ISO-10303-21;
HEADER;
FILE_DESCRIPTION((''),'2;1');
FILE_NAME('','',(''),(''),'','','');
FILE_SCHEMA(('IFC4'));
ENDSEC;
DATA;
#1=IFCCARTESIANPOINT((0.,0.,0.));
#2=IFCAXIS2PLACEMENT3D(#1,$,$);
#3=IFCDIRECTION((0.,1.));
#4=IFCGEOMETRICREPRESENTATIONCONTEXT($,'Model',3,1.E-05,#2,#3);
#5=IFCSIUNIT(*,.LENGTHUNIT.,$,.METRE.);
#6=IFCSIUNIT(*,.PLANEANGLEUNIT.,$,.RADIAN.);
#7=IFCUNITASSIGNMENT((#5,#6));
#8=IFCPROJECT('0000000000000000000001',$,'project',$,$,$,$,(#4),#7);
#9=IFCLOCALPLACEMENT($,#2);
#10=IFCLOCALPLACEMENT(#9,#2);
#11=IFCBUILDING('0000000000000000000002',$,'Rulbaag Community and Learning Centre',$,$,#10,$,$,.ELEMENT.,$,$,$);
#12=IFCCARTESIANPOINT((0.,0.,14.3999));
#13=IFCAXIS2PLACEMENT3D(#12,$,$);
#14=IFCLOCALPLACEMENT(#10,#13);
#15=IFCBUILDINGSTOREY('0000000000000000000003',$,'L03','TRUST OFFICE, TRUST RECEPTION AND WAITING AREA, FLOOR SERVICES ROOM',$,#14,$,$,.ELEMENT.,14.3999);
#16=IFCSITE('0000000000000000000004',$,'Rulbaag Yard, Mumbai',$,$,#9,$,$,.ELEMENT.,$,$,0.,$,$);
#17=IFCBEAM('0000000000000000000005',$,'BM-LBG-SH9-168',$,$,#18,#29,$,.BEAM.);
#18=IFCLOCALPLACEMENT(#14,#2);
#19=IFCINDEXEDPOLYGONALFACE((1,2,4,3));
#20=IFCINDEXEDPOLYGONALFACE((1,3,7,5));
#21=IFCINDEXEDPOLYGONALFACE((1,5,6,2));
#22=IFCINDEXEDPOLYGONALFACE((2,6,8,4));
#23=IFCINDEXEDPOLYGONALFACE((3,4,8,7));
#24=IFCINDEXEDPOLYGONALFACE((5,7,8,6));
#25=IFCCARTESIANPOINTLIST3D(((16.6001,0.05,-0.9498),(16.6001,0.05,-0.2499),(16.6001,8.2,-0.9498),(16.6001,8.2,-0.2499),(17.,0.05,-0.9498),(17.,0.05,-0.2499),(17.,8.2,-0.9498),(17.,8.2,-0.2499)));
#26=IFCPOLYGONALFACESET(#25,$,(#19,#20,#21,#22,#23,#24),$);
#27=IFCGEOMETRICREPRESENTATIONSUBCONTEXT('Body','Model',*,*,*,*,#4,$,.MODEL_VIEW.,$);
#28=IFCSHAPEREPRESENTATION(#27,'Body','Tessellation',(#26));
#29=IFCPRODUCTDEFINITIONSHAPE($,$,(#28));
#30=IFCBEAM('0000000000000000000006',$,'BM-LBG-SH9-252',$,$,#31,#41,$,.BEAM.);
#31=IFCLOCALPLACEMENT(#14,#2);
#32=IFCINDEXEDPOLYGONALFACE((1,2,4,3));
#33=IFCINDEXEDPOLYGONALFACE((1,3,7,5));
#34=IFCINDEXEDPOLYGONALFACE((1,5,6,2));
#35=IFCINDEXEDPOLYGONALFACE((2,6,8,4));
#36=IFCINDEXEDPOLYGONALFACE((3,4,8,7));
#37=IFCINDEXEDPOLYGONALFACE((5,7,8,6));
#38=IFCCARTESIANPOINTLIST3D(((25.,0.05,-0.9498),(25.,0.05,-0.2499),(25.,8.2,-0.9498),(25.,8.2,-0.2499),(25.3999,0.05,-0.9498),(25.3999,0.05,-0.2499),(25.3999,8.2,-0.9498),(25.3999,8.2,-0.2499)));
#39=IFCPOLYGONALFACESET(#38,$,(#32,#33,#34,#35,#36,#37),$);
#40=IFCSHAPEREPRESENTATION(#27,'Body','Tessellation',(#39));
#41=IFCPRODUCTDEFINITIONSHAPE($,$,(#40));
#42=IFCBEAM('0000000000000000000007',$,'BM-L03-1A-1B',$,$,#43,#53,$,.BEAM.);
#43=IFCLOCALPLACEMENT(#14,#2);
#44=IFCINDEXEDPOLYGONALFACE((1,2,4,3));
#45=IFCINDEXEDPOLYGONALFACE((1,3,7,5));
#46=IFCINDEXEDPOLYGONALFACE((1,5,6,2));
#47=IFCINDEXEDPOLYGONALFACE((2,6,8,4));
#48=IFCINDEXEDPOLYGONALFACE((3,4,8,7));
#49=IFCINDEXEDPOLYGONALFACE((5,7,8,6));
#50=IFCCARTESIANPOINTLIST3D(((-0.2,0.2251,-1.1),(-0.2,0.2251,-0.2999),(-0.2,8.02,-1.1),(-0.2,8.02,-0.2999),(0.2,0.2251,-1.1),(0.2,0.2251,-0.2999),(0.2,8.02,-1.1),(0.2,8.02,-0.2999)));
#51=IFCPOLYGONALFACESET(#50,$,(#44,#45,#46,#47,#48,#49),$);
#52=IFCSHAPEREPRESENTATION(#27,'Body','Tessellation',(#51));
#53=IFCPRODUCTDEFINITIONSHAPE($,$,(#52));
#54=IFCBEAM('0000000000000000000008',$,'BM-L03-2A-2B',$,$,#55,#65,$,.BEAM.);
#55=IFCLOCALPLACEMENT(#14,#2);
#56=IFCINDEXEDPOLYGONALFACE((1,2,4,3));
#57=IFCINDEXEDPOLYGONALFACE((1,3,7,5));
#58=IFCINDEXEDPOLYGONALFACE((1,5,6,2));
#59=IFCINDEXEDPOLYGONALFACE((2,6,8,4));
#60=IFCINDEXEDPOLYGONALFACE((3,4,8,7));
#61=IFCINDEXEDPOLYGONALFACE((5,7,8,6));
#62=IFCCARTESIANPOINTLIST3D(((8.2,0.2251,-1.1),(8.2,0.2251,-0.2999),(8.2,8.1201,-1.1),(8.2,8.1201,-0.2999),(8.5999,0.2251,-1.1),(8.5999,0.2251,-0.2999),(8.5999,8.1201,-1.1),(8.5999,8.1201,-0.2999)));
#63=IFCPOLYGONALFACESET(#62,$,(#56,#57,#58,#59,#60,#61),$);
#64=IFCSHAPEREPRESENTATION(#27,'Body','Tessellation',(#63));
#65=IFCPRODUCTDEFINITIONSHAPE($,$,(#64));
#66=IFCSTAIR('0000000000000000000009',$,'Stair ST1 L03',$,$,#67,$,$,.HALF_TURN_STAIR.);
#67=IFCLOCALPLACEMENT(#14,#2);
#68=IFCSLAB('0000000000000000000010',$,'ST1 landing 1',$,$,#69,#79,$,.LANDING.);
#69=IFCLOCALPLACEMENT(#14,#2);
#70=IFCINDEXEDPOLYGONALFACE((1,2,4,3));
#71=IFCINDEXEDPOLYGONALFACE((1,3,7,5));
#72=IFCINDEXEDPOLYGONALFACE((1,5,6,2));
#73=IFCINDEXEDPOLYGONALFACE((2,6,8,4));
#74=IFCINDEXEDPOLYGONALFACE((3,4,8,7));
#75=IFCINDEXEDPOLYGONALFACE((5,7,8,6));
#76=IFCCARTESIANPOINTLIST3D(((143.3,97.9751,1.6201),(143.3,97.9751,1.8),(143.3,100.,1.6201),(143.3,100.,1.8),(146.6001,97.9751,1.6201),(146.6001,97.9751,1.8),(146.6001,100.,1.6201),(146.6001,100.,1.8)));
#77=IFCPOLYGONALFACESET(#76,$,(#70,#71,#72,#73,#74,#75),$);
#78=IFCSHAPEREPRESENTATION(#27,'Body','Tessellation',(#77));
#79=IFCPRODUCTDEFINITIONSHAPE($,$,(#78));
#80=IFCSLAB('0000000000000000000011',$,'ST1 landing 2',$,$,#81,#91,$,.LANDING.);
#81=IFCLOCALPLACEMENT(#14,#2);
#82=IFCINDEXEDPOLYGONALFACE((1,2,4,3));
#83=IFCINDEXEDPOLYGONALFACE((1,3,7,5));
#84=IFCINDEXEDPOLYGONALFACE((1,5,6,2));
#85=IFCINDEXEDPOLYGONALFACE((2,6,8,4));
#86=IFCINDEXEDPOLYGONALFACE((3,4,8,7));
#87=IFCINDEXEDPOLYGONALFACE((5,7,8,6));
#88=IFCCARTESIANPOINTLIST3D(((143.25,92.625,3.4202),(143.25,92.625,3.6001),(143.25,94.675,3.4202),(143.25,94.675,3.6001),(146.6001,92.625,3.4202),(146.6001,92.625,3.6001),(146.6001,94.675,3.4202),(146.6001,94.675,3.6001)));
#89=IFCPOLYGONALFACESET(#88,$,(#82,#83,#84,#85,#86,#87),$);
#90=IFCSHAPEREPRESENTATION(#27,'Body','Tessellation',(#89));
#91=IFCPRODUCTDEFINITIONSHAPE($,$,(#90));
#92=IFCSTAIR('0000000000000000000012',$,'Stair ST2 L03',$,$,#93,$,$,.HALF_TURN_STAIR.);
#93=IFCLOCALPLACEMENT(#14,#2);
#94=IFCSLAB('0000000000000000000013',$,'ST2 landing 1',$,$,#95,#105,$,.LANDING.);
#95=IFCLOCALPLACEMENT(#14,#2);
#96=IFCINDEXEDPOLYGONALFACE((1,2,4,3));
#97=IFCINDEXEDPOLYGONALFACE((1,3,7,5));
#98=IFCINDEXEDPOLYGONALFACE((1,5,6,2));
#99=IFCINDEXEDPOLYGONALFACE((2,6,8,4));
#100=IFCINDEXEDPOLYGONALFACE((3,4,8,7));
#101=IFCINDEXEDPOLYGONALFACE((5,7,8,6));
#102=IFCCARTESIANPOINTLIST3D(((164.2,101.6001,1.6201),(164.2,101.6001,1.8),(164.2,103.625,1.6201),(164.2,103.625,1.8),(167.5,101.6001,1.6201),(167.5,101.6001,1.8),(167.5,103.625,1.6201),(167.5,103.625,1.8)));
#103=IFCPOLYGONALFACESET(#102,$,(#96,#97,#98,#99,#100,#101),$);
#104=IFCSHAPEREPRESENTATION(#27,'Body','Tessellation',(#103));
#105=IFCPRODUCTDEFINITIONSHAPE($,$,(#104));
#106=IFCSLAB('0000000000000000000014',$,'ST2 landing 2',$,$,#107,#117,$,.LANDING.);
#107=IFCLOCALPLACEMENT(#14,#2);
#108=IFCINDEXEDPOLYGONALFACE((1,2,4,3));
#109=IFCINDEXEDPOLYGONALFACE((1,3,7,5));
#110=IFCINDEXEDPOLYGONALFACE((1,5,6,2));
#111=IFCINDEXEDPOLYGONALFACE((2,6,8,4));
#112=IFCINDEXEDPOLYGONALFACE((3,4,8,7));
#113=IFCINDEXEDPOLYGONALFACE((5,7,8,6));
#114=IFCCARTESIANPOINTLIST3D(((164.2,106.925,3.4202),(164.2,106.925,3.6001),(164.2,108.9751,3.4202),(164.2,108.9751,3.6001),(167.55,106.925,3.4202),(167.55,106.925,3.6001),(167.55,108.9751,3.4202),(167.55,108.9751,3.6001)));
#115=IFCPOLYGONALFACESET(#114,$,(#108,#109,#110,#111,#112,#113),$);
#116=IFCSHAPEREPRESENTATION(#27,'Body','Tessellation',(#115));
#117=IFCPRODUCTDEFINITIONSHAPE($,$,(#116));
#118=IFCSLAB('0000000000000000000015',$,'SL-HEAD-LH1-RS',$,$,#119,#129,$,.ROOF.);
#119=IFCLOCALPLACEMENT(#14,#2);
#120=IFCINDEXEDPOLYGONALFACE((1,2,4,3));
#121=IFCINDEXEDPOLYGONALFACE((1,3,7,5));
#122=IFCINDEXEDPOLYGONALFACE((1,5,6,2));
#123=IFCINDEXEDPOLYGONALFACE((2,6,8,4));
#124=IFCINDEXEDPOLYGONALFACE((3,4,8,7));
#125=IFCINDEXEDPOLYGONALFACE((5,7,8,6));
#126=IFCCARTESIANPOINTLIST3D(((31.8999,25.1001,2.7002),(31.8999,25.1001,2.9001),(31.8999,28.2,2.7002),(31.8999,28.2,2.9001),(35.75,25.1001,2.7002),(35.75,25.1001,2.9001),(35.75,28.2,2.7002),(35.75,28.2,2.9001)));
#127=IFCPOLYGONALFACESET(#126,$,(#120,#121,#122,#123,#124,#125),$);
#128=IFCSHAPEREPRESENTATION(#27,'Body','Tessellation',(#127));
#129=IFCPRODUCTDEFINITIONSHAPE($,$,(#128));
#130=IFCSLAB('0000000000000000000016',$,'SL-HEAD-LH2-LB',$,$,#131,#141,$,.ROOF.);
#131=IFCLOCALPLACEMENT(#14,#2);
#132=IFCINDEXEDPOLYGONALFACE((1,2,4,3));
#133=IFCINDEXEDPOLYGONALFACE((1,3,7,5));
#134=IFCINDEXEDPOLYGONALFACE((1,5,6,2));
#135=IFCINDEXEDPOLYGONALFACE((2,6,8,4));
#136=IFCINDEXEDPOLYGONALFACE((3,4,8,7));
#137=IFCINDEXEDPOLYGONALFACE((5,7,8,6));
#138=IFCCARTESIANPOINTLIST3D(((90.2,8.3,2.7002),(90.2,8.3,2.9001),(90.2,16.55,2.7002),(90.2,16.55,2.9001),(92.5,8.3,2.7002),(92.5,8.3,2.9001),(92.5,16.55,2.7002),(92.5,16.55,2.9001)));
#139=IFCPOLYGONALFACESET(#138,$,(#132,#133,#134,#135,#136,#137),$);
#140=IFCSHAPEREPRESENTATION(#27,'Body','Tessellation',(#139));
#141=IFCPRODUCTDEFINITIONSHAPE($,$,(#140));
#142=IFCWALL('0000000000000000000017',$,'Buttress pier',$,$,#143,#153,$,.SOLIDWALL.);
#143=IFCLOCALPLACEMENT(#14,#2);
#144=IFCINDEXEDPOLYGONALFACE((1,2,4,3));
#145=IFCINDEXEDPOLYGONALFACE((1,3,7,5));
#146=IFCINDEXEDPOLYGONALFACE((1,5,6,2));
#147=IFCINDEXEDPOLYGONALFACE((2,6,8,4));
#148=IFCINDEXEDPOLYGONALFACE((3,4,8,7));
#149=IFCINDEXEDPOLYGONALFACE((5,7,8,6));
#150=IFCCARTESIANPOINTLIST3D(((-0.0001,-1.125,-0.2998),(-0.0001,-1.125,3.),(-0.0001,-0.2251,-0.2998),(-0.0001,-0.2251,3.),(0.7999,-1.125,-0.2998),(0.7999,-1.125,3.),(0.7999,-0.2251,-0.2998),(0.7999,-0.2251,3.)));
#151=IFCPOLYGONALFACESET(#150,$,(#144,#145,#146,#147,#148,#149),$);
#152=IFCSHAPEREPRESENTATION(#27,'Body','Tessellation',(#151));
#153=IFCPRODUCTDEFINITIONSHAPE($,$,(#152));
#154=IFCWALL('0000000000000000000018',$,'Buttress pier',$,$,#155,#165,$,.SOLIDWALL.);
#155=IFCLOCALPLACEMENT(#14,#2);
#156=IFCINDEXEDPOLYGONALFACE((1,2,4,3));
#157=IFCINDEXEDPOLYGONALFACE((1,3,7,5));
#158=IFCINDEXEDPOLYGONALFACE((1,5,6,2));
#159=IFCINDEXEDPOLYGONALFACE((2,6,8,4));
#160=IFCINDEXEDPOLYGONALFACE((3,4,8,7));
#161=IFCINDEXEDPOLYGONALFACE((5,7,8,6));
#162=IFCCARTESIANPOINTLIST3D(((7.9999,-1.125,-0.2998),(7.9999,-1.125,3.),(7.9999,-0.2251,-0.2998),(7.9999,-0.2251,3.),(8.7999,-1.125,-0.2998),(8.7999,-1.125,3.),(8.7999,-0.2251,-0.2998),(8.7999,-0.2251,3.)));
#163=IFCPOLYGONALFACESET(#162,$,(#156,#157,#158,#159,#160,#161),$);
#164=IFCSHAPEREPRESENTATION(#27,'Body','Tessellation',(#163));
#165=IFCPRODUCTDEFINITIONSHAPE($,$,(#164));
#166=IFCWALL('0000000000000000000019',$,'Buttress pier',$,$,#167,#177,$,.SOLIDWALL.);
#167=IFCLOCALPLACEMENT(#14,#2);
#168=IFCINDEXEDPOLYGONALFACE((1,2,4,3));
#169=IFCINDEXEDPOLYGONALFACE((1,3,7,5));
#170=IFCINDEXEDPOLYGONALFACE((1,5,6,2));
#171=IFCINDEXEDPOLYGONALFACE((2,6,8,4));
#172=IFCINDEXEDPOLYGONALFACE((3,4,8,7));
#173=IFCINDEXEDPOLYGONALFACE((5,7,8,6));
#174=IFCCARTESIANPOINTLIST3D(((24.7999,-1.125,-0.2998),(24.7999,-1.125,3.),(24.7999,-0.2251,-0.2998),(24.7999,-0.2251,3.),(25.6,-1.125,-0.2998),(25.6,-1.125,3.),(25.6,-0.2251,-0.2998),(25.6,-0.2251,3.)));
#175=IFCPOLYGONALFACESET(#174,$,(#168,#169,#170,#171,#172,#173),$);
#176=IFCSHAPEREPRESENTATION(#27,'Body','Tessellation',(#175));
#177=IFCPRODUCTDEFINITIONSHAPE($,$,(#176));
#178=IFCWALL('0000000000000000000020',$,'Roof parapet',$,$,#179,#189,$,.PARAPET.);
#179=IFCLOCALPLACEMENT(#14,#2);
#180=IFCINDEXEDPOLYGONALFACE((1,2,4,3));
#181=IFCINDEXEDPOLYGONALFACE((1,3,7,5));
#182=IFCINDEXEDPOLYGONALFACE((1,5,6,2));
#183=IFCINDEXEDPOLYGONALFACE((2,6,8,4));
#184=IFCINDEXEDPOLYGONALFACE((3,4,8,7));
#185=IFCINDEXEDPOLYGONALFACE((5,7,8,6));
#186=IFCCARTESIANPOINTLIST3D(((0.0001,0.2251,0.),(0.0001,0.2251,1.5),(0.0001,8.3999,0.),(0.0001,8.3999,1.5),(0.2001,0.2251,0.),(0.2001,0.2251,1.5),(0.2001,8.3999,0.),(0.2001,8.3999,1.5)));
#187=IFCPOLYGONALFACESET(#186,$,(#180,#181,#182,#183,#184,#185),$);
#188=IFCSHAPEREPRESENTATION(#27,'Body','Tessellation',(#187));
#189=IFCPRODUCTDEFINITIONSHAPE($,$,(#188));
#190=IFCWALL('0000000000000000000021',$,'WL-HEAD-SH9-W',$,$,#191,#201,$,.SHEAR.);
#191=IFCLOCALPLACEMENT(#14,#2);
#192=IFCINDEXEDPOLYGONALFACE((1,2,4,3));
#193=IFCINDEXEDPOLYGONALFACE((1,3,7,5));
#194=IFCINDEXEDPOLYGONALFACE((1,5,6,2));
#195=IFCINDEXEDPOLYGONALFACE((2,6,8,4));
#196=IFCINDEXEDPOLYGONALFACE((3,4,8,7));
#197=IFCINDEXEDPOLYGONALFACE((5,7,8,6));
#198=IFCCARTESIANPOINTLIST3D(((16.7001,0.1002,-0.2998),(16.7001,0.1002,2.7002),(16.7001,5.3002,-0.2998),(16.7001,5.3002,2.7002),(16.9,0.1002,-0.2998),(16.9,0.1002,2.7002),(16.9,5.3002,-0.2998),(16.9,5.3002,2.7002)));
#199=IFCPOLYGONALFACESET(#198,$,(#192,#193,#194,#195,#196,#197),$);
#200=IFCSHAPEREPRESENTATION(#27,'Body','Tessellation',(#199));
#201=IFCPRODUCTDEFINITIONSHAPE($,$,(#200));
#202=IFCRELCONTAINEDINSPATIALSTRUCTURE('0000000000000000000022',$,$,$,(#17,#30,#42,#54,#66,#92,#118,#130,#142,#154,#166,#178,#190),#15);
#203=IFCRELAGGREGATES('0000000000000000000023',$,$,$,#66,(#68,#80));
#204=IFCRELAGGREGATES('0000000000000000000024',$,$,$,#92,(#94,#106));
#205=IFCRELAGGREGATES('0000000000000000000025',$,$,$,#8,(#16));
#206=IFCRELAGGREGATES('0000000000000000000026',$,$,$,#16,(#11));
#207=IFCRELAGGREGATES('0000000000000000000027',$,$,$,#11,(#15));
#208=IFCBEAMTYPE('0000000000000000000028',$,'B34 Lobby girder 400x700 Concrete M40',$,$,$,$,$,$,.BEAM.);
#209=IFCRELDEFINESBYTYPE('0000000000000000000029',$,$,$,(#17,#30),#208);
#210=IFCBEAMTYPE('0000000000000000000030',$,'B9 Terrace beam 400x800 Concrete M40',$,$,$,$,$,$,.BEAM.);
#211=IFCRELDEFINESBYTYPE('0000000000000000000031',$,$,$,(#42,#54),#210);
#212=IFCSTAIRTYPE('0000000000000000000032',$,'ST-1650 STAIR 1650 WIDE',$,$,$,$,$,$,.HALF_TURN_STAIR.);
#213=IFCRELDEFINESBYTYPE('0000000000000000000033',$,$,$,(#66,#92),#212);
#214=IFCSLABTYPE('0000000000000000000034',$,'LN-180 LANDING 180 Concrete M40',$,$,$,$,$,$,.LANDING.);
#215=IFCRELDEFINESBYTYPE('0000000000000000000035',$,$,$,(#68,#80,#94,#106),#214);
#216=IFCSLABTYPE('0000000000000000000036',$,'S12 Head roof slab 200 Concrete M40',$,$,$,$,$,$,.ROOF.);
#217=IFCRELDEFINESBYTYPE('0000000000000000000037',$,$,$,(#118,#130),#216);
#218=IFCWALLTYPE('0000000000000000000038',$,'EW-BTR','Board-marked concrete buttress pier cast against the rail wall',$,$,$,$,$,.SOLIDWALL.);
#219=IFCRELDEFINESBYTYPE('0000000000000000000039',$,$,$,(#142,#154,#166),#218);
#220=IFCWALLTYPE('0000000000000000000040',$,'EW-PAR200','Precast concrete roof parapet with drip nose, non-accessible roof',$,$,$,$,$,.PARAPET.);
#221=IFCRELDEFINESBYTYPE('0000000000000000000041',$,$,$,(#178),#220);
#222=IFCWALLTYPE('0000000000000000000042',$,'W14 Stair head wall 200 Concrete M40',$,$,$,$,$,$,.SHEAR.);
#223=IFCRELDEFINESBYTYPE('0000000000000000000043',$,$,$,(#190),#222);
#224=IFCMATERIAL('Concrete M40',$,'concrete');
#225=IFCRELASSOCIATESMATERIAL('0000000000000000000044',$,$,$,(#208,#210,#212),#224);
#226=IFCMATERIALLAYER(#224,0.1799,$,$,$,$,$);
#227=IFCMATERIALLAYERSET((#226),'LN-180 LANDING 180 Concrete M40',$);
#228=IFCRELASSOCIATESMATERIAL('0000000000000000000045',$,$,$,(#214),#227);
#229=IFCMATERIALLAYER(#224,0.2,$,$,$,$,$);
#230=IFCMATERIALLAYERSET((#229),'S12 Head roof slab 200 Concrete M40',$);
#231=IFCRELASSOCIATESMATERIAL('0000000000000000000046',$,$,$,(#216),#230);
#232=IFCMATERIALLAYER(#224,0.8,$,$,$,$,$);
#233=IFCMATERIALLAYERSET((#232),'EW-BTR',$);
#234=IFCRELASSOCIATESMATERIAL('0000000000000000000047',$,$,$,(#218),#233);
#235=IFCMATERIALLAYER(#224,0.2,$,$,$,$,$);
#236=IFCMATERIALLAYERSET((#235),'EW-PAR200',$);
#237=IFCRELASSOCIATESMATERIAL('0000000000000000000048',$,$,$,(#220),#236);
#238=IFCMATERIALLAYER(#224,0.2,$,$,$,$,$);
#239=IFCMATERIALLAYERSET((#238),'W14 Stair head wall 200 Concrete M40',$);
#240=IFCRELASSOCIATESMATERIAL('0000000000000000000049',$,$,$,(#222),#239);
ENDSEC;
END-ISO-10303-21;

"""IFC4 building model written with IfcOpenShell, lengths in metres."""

from ifc_helpers import new_model, si_unit, direction, frame, frame_2d, origin, origin_2d, place, context, subcontext, project, spatial, polyline, rectangle, outline, extrude, material, layer, layer_set, material_profile, profile_set, type_object, element, aggregate, save


model = new_model("IFC4")

# Units and contexts
model_context = context("Model", 3, precision=1e-05, world=origin(), true_north=direction((0.0, 1.0)))
body_context = subcontext(model_context, "Body", "Model", "MODEL_VIEW")
ifc_project = project(units=[si_unit("LENGTHUNIT", "METRE"), si_unit("PLANEANGLEUNIT", "RADIAN")], contexts=[model_context])

# Site, building, storey
site_placement = place(None, origin())
site = spatial("IfcSite", under=ifc_project, at=site_placement, Name="Rulbaag Yard, Mumbai", CompositionType="ELEMENT", RefElevation=0.0)
building_placement = place(site_placement, origin())
building = spatial("IfcBuilding", under=site, at=building_placement, Name="Rulbaag Community and Learning Centre", CompositionType="ELEMENT")
storey_placement = place(building_placement, frame((0.0, 0.0, 14.3999)))
storey = spatial("IfcBuildingStorey", under=building, at=storey_placement, Name="L03", Description="TRUST OFFICE, TRUST RECEPTION AND WAITING AREA, FLOOR SERVICES ROOM", CompositionType="ELEMENT", Elevation=14.3999)

# Beams
ifc_material_1 = material(Name="Concrete M40", Category="concrete")
ifc_material_profile_1 = material_profile(ifc_material_1, rectangle(XDim=0.3999, YDim=0.7, at=origin_2d()), Name="RB400x700")
ifc_profile_set_1 = profile_set([ifc_material_profile_1], Name="Concrete M40")
beam_type_1 = type_object("IfcBeamType", Name="B34 Lobby girder 400x700 Concrete M40", PredefinedType="BEAM", material=ifc_profile_set_1)
for number, where, z_axis, x_axis, name in (
    (1, (16.8, 0.05, -0.5999), (0.0, 1.0, 0.0), (-1.0, 0.0, 0.0), "BM-LBG-SH9-168"),
    (2, (25.2, 0.05, -0.5999), (0.0, 1.0, 0.0), (-1.0, 0.0, 0.0), "BM-LBG-SH9-252"),
):
    element("IfcBeam", number, at=place(storey_placement, frame(where, z_axis=z_axis, x_axis=x_axis)), inside=storey, type_object=beam_type_1, Name=name, PredefinedType="BEAM", context=body_context, shape_type="SweptSolid", body=[
        extrude(rectangle(XDim=0.3999, YDim=0.7, at=origin_2d()), origin(), (0.0, 0.0, 1.0), 8.1499),
    ])
ifc_material_profile_2 = material_profile(ifc_material_1, rectangle(XDim=0.3999, YDim=0.8, at=origin_2d()), Name="RB400x800")
ifc_profile_set_2 = profile_set([ifc_material_profile_2], Name="Concrete M40")
beam_type_2 = type_object("IfcBeamType", Name="B9 Terrace beam 400x800 Concrete M40", PredefinedType="BEAM", material=ifc_profile_set_2)
beam_1_placement = place(storey_placement, frame((0.0, 0.2251, -0.7), z_axis=(0.0, 1.0, 0.0), x_axis=(-1.0, 0.0, 0.0)))
element("IfcBeam", 3, at=beam_1_placement, inside=storey, type_object=beam_type_2, Name="BM-L03-1A-1B", PredefinedType="BEAM", context=body_context, shape_type="SweptSolid", body=[
    extrude(rectangle(XDim=0.3999, YDim=0.8, at=origin_2d()), origin(), (0.0, 0.0, 1.0), 7.7949),
])
beam_2_placement = place(storey_placement, frame((8.3999, 0.2251, -0.7), z_axis=(0.0, 1.0, 0.0), x_axis=(-1.0, 0.0, 0.0)))
element("IfcBeam", 4, at=beam_2_placement, inside=storey, type_object=beam_type_2, Name="BM-L03-2A-2B", PredefinedType="BEAM", context=body_context, shape_type="SweptSolid", body=[
    extrude(rectangle(XDim=0.3999, YDim=0.8, at=origin_2d()), origin(), (0.0, 0.0, 1.0), 7.895),
])

# Stairs, slabs
stair_type = type_object("IfcStairType", Name="ST-1650 STAIR 1650 WIDE", PredefinedType="HALF_TURN_STAIR", material=ifc_material_1)
stair_1_placement = place(storey_placement, origin())
stair_1 = element("IfcStair", 5, at=stair_1_placement, inside=storey, type_object=stair_type, Name="Stair ST1 L03", PredefinedType="HALF_TURN_STAIR")
ifc_layer_1 = layer(ifc_material_1, 0.1799)
ifc_layer_set_1 = layer_set([ifc_layer_1], Name="LN-180 LANDING 180 Concrete M40")
slab_type_1 = type_object("IfcSlabType", Name="LN-180 LANDING 180 Concrete M40", PredefinedType="LANDING", material=ifc_layer_set_1)
slab_1_placement = place(storey_placement, frame((0.0, 0.0, 1.6201)))
slab_1 = element("IfcSlab", 6, at=slab_1_placement, type_object=slab_type_1, Name="ST1 landing 1", PredefinedType="LANDING", context=body_context, shape_type="SweptSolid", body=[
    extrude(outline(polyline([(143.3, 97.9751), (143.3, 100.0), (146.6001, 100.0), (146.6001, 97.9751), (143.3, 97.9751)])), origin(), (0.0, 0.0, 1.0), 0.1799),
])
slab_2_placement = place(storey_placement, frame((0.0, 0.0, 3.4202)))
slab_2 = element("IfcSlab", 7, at=slab_2_placement, type_object=slab_type_1, Name="ST1 landing 2", PredefinedType="LANDING", context=body_context, shape_type="SweptSolid", body=[
    extrude(outline(polyline([(143.25, 92.625), (143.25, 94.675), (146.6001, 94.675), (146.6001, 92.625), (143.25, 92.625)])), origin(), (0.0, 0.0, 1.0), 0.1799),
])
aggregate(stair_1, [slab_1, slab_2])
stair_2_placement = place(storey_placement, origin())
stair_2 = element("IfcStair", 8, at=stair_2_placement, inside=storey, type_object=stair_type, Name="Stair ST2 L03", PredefinedType="HALF_TURN_STAIR")
slab_3_placement = place(storey_placement, frame((0.0, 0.0, 1.6201)))
slab_3 = element("IfcSlab", 9, at=slab_3_placement, type_object=slab_type_1, Name="ST2 landing 1", PredefinedType="LANDING", context=body_context, shape_type="SweptSolid", body=[
    extrude(outline(polyline([(164.2, 101.6001), (164.2, 103.625), (167.5, 103.625), (167.5, 101.6001), (164.2, 101.6001)])), origin(), (0.0, 0.0, 1.0), 0.1799),
])
slab_4_placement = place(storey_placement, frame((0.0, 0.0, 3.4202)))
slab_4 = element("IfcSlab", 10, at=slab_4_placement, type_object=slab_type_1, Name="ST2 landing 2", PredefinedType="LANDING", context=body_context, shape_type="SweptSolid", body=[
    extrude(outline(polyline([(164.2, 106.925), (164.2, 108.9751), (167.55, 108.9751), (167.55, 106.925), (164.2, 106.925)])), origin(), (0.0, 0.0, 1.0), 0.1799),
])
aggregate(stair_2, [slab_3, slab_4])

# Slabs
ifc_layer_2 = layer(ifc_material_1, 0.2)
ifc_layer_set_2 = layer_set([ifc_layer_2], Name="S12 Head roof slab 200 Concrete M40")
slab_type_2 = type_object("IfcSlabType", Name="S12 Head roof slab 200 Concrete M40", PredefinedType="ROOF", material=ifc_layer_set_2)
slab_5_placement = place(storey_placement, frame((0.0, 0.0, 2.7002)))
element("IfcSlab", 11, at=slab_5_placement, inside=storey, type_object=slab_type_2, Name="SL-HEAD-LH1-RS", PredefinedType="ROOF", context=body_context, shape_type="SweptSolid", body=[
    extrude(outline(polyline([(35.75, 28.2), (35.75, 25.1001), (31.8999, 25.1001), (31.8999, 28.2), (35.75, 28.2)])), origin(), (0.0, 0.0, 1.0), 0.2),
])
slab_6_placement = place(storey_placement, frame((0.0, 0.0, 2.7002)))
element("IfcSlab", 12, at=slab_6_placement, inside=storey, type_object=slab_type_2, Name="SL-HEAD-LH2-LB", PredefinedType="ROOF", context=body_context, shape_type="SweptSolid", body=[
    extrude(outline(polyline([(92.5, 8.3), (90.2, 8.3), (90.2, 16.55), (92.5, 16.55), (92.5, 8.3)])), origin(), (0.0, 0.0, 1.0), 0.2),
])

# Walls
ifc_layer_3 = layer(ifc_material_1, 0.8)
ifc_layer_set_3 = layer_set([ifc_layer_3], Name="EW-BTR")
wall_type_1 = type_object("IfcWallType", Name="EW-BTR", Description="Board-marked concrete buttress pier cast against the rail wall", PredefinedType="SOLIDWALL", material=ifc_layer_set_3)
for number, where, z_axis, x_axis, name in (
    (13, (0.3999, -0.2251, -0.2998), (0.0, 0.0, 1.0), (0.0, -1.0, 0.0), "Buttress pier"),
    (14, (8.3999, -0.2251, -0.2998), (0.0, 0.0, 1.0), (0.0, -1.0, 0.0), "Buttress pier"),
    (15, (25.2, -0.2251, -0.2998), (0.0, 0.0, 1.0), (0.0, -1.0, 0.0), "Buttress pier"),
):
    element("IfcWall", number, at=place(storey_placement, frame(where, z_axis=z_axis, x_axis=x_axis)), inside=storey, type_object=wall_type_1, Name=name, PredefinedType="SOLIDWALL", context=body_context, shape_type="SweptSolid", body=[
        extrude(rectangle(XDim=0.8999, YDim=0.8, at=frame_2d((0.45, 0.0))), origin(), (0.0, 0.0, 1.0), 3.2998),
    ])
ifc_layer_4 = layer(ifc_material_1, 0.2)
ifc_layer_set_4 = layer_set([ifc_layer_4], Name="EW-PAR200")
wall_type_2 = type_object("IfcWallType", Name="EW-PAR200", Description="Precast concrete roof parapet with drip nose, non-accessible roof", PredefinedType="PARAPET", material=ifc_layer_set_4)
wall_placement = place(storey_placement, frame((0.1001, 0.2251, 0.0), z_axis=(0.0, 0.0, 1.0), x_axis=(0.0, 1.0, 0.0)))
element("IfcWall", 16, at=wall_placement, inside=storey, type_object=wall_type_2, Name="Roof parapet", PredefinedType="PARAPET", context=body_context, shape_type="SweptSolid", body=[
    extrude(rectangle(XDim=8.1748, YDim=0.2, at=frame_2d((4.0874, 0.0))), origin(), (0.0, 0.0, 1.0), 1.5),
])
ifc_layer_5 = layer(ifc_material_1, 0.2)
ifc_layer_set_5 = layer_set([ifc_layer_5], Name="W14 Stair head wall 200 Concrete M40")
wall_type_3 = type_object("IfcWallType", Name="W14 Stair head wall 200 Concrete M40", PredefinedType="SHEAR", material=ifc_layer_set_5)
for number, where, z_axis, x_axis, name in (
    (17, (16.8, 0.1001, -0.2998), (0.0, 0.0, 1.0), (0.0, 1.0, 0.0), "WL-HEAD-SH9-W"),
):
    element("IfcWall", number, at=place(storey_placement, frame(where, z_axis=z_axis, x_axis=x_axis)), inside=storey, type_object=wall_type_3, Name=name, PredefinedType="SHEAR", context=body_context, shape_type="SweptSolid", body=[
        extrude(rectangle(XDim=5.2, YDim=0.2, at=frame_2d((2.6001, 0.0))), origin(), (0.0, 0.0, 1.0), 3.0),
    ])

save(model, "model.ifc")
